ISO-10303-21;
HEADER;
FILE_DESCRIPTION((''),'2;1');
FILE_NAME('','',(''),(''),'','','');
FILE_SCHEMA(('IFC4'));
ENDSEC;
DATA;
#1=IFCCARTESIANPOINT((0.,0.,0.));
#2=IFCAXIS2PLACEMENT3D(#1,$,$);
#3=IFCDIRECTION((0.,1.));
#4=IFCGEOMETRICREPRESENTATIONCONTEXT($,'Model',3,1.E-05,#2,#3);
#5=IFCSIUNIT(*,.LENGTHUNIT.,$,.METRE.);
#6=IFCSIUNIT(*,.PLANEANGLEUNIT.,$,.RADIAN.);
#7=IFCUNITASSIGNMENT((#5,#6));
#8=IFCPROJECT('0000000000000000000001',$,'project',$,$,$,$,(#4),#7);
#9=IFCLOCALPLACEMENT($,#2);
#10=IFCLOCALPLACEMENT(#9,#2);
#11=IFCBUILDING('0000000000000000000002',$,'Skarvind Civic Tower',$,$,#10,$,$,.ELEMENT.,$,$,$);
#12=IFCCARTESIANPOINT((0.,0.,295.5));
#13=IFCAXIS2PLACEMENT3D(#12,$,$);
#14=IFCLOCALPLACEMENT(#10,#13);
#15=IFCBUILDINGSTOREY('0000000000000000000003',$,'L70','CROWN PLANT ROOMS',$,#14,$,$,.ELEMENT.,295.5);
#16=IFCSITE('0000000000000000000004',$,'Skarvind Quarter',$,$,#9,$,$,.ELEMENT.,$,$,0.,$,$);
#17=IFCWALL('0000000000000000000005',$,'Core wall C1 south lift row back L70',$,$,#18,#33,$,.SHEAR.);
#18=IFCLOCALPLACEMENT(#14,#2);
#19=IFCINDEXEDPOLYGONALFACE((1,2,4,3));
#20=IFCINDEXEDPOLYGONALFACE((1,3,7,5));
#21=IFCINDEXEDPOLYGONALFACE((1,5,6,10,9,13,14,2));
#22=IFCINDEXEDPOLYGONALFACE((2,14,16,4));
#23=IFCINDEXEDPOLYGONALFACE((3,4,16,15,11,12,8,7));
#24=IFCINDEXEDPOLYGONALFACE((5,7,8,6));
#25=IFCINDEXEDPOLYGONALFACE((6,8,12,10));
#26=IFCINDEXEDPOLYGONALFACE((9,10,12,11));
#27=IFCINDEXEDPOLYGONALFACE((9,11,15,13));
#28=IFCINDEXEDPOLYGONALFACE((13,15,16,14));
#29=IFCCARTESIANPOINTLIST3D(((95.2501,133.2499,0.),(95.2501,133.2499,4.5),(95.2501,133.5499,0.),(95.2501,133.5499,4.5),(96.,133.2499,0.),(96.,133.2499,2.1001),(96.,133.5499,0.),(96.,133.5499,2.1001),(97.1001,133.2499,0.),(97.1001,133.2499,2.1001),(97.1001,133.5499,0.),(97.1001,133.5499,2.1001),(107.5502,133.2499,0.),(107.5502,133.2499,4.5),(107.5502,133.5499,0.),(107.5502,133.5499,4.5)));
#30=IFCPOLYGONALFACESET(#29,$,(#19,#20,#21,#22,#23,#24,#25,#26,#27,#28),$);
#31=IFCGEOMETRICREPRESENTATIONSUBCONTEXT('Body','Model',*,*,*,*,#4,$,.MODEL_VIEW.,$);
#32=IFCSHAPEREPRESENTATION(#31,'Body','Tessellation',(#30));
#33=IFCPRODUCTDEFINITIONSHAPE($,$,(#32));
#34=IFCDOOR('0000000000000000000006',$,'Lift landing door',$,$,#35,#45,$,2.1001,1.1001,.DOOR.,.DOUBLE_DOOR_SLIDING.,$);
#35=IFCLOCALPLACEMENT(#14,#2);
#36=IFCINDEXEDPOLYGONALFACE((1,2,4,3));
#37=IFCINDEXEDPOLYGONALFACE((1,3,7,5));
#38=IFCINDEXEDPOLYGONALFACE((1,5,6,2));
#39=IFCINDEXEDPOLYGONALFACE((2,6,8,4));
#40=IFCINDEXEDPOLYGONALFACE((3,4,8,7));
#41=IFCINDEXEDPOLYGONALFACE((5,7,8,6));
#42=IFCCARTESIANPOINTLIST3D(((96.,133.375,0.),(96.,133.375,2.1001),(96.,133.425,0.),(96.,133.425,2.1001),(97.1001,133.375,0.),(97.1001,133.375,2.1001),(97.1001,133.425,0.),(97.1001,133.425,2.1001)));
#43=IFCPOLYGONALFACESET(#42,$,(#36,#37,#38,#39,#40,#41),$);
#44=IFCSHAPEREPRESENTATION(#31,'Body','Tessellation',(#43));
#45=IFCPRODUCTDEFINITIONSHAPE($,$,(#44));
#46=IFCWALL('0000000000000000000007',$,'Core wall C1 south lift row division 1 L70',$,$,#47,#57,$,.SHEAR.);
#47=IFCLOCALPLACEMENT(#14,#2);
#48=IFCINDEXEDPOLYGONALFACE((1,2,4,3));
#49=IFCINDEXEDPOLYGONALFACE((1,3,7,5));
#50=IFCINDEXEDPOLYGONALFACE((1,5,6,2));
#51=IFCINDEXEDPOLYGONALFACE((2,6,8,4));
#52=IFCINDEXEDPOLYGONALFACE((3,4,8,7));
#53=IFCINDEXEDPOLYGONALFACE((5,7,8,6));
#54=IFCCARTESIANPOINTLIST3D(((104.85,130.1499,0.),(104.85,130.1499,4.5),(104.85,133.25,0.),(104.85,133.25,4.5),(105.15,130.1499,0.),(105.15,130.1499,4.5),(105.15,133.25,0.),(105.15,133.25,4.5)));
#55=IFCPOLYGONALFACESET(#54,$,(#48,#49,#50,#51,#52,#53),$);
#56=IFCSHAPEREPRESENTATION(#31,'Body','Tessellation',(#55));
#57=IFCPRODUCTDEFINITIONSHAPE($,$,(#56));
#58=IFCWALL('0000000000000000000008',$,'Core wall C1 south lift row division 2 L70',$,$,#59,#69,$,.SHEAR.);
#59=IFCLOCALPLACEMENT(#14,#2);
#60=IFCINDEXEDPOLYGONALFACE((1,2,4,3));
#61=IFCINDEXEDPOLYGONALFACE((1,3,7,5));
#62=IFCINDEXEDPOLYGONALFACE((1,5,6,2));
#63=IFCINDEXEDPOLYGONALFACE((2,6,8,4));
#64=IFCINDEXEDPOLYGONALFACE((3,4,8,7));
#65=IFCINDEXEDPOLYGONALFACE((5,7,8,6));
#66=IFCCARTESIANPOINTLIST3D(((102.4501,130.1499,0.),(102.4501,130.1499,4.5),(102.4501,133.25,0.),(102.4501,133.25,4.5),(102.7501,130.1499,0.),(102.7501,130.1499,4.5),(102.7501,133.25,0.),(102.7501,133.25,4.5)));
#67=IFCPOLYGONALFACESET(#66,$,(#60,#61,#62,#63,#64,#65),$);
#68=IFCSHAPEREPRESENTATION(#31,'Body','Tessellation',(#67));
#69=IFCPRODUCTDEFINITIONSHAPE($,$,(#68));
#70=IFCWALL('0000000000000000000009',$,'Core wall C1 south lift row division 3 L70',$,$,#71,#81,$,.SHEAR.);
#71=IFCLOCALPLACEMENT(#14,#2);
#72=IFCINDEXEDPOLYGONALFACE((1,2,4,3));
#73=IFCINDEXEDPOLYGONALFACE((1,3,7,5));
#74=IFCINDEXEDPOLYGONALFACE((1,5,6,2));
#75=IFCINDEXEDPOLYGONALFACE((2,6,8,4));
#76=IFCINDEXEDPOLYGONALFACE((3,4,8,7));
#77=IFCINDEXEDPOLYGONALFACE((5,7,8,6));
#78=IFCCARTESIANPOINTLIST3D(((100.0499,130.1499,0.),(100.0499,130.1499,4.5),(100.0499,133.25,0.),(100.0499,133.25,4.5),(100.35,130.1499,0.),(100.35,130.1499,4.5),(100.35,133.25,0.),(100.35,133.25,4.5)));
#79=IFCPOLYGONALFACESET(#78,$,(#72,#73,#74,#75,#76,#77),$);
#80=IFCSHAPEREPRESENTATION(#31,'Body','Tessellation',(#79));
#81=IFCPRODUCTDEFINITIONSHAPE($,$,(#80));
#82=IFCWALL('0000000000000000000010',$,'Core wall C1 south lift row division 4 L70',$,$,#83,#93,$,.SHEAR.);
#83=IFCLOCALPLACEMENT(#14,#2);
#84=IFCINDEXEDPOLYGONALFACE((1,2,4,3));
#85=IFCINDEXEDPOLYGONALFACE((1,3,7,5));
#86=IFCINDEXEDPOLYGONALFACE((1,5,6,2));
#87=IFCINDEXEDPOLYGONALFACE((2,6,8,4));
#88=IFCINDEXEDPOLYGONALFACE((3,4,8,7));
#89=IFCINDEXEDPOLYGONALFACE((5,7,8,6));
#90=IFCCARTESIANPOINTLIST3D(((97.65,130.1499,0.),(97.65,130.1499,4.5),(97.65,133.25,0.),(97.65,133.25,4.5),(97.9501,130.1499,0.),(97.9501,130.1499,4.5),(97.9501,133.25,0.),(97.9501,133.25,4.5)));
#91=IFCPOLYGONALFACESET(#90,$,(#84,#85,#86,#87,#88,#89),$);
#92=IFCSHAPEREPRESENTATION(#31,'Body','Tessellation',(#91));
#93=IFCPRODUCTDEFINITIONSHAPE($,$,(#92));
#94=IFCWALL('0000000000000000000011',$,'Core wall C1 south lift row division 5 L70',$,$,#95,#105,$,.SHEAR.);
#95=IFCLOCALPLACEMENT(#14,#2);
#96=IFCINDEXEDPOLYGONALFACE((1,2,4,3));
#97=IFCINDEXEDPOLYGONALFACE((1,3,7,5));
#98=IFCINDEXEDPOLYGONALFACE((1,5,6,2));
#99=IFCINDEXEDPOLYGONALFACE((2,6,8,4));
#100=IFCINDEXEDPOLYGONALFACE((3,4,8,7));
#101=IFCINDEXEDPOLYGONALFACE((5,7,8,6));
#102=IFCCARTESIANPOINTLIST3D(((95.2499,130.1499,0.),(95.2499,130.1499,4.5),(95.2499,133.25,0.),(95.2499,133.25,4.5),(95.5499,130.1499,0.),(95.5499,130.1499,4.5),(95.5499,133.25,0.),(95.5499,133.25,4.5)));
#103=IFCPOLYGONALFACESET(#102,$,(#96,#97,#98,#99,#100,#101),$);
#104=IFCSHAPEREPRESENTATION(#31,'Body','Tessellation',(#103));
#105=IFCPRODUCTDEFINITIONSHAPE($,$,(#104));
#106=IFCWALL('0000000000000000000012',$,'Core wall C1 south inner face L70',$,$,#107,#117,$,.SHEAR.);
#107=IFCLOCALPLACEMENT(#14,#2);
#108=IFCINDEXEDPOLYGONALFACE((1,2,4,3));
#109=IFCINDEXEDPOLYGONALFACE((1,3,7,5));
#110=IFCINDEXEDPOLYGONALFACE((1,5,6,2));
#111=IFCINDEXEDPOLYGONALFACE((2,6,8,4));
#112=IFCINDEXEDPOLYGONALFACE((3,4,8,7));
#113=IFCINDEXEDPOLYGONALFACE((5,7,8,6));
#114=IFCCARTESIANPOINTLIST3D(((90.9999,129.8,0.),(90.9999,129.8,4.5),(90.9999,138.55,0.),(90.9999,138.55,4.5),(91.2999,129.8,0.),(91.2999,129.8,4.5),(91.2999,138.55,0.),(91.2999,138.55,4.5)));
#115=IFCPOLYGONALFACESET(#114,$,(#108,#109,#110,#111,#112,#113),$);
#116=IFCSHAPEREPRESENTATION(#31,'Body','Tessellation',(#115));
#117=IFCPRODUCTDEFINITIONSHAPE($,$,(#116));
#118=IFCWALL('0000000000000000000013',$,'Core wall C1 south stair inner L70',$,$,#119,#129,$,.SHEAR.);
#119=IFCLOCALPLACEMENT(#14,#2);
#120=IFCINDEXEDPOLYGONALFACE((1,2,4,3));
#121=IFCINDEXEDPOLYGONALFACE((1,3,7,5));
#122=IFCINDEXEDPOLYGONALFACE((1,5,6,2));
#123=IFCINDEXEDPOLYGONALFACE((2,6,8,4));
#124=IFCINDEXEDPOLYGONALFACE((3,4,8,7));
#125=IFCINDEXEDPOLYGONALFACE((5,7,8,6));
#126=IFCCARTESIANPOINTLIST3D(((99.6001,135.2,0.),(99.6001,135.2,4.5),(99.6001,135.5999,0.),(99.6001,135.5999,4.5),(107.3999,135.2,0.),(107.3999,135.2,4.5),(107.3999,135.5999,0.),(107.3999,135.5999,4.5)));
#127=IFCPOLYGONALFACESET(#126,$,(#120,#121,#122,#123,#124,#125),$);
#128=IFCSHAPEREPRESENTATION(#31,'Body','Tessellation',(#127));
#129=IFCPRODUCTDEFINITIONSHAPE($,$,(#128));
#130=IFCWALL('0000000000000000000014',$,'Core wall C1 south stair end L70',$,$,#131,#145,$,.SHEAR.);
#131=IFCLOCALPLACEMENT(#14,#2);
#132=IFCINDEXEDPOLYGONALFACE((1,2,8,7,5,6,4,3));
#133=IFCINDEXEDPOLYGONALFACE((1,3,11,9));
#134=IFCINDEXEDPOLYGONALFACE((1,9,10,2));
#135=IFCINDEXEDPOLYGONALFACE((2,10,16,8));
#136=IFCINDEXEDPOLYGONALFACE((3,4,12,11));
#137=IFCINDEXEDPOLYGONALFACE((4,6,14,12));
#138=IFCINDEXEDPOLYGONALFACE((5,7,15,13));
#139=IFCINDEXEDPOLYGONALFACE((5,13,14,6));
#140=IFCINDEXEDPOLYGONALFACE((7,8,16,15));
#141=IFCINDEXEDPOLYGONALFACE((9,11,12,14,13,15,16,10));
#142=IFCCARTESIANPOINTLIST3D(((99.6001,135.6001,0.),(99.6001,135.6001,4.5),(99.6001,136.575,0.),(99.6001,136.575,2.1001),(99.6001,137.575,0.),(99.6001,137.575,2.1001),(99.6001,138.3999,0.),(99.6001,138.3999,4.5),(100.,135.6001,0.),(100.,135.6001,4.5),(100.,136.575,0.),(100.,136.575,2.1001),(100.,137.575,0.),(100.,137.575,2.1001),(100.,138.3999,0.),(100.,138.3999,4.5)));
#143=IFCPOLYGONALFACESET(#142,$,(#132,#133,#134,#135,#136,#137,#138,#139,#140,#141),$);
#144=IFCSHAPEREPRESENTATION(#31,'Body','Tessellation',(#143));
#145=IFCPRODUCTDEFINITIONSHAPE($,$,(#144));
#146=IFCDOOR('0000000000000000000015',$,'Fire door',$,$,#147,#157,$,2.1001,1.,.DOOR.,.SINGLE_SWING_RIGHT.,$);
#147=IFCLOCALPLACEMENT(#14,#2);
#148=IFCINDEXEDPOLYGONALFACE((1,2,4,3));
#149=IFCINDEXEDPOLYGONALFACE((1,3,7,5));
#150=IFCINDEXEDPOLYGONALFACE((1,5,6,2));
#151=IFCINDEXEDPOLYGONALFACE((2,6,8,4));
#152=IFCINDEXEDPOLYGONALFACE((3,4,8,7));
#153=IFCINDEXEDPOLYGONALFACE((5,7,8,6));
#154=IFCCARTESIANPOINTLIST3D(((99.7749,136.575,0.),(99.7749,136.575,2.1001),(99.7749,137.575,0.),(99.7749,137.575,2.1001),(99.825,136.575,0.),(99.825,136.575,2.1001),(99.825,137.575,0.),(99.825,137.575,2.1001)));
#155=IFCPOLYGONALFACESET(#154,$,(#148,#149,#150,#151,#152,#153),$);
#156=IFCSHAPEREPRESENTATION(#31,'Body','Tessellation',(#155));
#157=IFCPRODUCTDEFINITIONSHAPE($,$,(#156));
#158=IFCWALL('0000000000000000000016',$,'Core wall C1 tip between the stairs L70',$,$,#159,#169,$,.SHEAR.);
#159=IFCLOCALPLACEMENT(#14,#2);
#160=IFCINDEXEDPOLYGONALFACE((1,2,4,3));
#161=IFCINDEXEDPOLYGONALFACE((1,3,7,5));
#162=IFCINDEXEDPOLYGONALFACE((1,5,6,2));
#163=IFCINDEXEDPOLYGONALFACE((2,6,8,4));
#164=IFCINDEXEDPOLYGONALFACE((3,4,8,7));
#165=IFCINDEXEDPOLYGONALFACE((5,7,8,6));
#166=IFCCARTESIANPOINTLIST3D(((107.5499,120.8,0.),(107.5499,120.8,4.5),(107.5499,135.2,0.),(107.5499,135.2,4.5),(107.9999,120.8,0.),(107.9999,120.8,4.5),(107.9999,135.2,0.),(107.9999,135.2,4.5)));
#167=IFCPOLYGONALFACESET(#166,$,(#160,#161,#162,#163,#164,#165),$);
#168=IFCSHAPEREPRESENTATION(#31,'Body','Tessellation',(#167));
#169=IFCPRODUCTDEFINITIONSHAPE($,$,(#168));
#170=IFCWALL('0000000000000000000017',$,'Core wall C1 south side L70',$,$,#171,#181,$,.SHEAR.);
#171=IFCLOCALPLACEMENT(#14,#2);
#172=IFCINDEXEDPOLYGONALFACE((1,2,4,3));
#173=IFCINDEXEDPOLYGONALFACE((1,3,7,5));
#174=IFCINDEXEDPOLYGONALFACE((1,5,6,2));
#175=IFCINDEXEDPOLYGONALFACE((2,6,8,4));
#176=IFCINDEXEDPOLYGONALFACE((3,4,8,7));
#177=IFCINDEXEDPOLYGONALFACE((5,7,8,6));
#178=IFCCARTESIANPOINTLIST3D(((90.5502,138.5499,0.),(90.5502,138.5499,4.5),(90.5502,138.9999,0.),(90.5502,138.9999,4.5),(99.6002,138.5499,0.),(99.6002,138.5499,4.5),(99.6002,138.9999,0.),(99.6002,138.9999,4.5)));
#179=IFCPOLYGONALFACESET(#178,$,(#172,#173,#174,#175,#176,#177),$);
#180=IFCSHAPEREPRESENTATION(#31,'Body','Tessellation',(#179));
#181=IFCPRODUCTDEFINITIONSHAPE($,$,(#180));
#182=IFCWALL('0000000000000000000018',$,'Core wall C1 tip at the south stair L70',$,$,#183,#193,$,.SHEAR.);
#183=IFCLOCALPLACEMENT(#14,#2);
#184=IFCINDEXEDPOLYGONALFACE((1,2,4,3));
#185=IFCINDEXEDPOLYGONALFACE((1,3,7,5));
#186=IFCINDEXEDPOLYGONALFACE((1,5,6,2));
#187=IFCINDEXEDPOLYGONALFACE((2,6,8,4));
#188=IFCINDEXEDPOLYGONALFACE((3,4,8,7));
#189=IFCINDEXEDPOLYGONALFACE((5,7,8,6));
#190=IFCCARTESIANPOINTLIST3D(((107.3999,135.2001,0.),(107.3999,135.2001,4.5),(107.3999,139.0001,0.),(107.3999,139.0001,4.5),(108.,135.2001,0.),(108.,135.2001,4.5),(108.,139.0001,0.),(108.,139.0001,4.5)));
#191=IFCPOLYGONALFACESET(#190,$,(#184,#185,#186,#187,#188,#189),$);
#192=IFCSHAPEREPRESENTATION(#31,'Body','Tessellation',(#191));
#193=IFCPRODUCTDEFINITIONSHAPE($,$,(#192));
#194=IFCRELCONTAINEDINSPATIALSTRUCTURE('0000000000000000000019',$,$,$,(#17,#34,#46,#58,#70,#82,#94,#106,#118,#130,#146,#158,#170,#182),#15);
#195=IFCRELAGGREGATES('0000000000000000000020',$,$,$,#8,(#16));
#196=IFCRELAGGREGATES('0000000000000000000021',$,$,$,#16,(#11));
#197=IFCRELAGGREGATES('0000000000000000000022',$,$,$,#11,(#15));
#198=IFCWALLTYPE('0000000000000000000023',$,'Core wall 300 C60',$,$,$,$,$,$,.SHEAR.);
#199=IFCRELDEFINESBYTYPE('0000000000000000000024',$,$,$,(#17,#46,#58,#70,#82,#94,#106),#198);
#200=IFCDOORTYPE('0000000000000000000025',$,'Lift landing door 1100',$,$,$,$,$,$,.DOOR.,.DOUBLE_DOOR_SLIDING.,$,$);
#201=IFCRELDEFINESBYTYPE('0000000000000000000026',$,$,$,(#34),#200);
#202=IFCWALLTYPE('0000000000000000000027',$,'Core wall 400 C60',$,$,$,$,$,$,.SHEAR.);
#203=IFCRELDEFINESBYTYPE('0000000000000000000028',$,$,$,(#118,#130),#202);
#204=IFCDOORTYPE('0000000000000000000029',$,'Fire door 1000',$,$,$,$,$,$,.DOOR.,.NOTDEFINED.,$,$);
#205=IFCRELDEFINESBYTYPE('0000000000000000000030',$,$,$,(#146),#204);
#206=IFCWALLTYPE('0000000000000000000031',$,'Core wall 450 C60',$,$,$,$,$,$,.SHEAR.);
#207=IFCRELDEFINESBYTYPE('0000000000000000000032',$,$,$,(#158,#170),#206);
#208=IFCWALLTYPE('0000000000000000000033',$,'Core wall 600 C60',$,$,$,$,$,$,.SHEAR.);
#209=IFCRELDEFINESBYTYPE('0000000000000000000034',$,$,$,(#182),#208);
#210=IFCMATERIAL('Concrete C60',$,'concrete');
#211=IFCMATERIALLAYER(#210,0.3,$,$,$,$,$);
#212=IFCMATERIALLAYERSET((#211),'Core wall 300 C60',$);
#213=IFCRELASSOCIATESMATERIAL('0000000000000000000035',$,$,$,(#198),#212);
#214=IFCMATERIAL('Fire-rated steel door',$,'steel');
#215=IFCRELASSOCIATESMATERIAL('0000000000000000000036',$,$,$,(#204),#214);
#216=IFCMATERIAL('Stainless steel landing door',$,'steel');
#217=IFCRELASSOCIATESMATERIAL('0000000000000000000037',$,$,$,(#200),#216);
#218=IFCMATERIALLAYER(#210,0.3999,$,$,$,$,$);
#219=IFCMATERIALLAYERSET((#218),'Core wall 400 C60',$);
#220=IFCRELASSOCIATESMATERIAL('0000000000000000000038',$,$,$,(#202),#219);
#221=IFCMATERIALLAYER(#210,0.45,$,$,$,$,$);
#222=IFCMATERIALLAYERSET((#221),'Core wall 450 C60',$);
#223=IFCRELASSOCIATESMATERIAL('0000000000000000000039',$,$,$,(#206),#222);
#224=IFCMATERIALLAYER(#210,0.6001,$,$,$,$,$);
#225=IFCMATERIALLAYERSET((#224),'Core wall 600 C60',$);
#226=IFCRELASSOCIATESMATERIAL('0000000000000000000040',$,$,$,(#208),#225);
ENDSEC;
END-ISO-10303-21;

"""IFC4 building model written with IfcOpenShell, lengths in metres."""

from ifc_helpers import new_model, si_unit, direction, frame, frame_2d, origin, place, context, subcontext, project, spatial, rectangle, extrude, material, layer, layer_set, type_object, element, fill, save


model = new_model("IFC4")

# Units and contexts
model_context = context("Model", 3, precision=1e-05, world=origin(), true_north=direction((0.0, 1.0)))
body_context = subcontext(model_context, "Body", "Model", "MODEL_VIEW")
ifc_project = project(units=[si_unit("LENGTHUNIT", "METRE"), si_unit("PLANEANGLEUNIT", "RADIAN")], contexts=[model_context])

# Site, building, storey
site_placement = place(None, origin())
site = spatial("IfcSite", under=ifc_project, at=site_placement, Name="Skarvind Quarter", CompositionType="ELEMENT", RefElevation=0.0)
building_placement = place(site_placement, origin())
building = spatial("IfcBuilding", under=site, at=building_placement, Name="Skarvind Civic Tower", CompositionType="ELEMENT")
storey_placement = place(building_placement, frame((0.0, 0.0, 295.5)))
storey = spatial("IfcBuildingStorey", under=building, at=storey_placement, Name="L70", Description="CROWN PLANT ROOMS", CompositionType="ELEMENT", Elevation=295.5)

# Shared definitions
ifc_material_1 = material(Name="Concrete C60", Category="concrete")

# Shared definitions
ifc_material_2 = material(Name="Fire-rated steel door", Category="steel")

# Shared definitions
ifc_layer_1 = layer(ifc_material_1, 0.3)
ifc_layer_set_1 = layer_set([ifc_layer_1], Name="Core wall 300 C60")
wall_type_1 = type_object("IfcWallType", Name="Core wall 300 C60", PredefinedType="SHEAR", material=ifc_layer_set_1)
door_type_1 = type_object("IfcDoorType", Name="Fire door 1000", OperationType="NOTDEFINED", PredefinedType="DOOR", material=ifc_material_2)

# Wall, opening, door
wall_1_placement = place(storey_placement, frame((107.55, 133.3999, 0.0), z_axis=(0.0, 0.0, 1.0), x_axis=(-1.0, 0.0, 0.0)))
wall_1 = element("IfcWall", 1, at=wall_1_placement, inside=storey, type_object=wall_type_1, Name="Core wall C1 south lift row back L70", PredefinedType="SHEAR", context=body_context, shape_type="SweptSolid", body=[
    extrude(rectangle(XDim=12.3, YDim=0.3, at=frame_2d((6.1499, 0.0))), origin(), (0.0, 0.0, 1.0), 4.5),
])
opening_1_placement = place(wall_1_placement, frame((10.45, 0.0, 0.0)))
opening_1 = element("IfcOpeningElement", 2, at=opening_1_placement, cuts=wall_1, PredefinedType="OPENING", context=body_context, shape_type="SweptSolid", body=[
    extrude(rectangle(XDim=1.1001, YDim=2.1001, at=frame_2d((0.55, 1.05))), frame((0.0, 0.1599, 0.0), z_axis=(0.0, -1.0, 0.0), x_axis=(1.0, 0.0, 0.0)), (0.0, 0.0, 1.0), 0.3201),
])
ifc_material_3 = material(Name="Stainless steel landing door", Category="steel")
door_type_2 = type_object("IfcDoorType", Name="Lift landing door 1100", OperationType="DOUBLE_DOOR_SLIDING", PredefinedType="DOOR", material=ifc_material_3)
door_1_placement = place(opening_1_placement, origin())
door_1 = element("IfcDoor", 3, at=door_1_placement, inside=storey, type_object=door_type_2, Name="Lift landing door", OperationType="DOUBLE_DOOR_SLIDING", OverallHeight=2.1001, OverallWidth=1.1001, PredefinedType="DOOR", context=body_context, shape_type="SweptSolid", body=[
    extrude(rectangle(XDim=1.1001, YDim=2.1001, at=frame_2d((0.55, 1.05))), frame((0.0, 0.0249, 0.0), z_axis=(0.0, -1.0, 0.0), x_axis=(1.0, 0.0, 0.0)), (0.0, 0.0, 1.0), 0.05),
])
fill(opening_1, door_1)

# Walls
for number, where, z_axis, x_axis, name in (
    (4, (105.0, 133.25, 0.0), (0.0, 0.0, 1.0), (0.0, -1.0, 0.0), "Core wall C1 south lift row division 1 L70"),
    (5, (102.6001, 133.25, 0.0), (0.0, 0.0, 1.0), (0.0, -1.0, 0.0), "Core wall C1 south lift row division 2 L70"),
    (6, (100.2, 133.25, 0.0), (0.0, 0.0, 1.0), (0.0, -1.0, 0.0), "Core wall C1 south lift row division 3 L70"),
    (7, (97.8, 133.25, 0.0), (0.0, 0.0, 1.0), (0.0, -1.0, 0.0), "Core wall C1 south lift row division 4 L70"),
    (8, (95.3999, 133.25, 0.0), (0.0, 0.0, 1.0), (0.0, -1.0, 0.0), "Core wall C1 south lift row division 5 L70"),
):
    element("IfcWall", number, at=place(storey_placement, frame(where, z_axis=z_axis, x_axis=x_axis)), inside=storey, type_object=wall_type_1, Name=name, PredefinedType="SHEAR", context=body_context, shape_type="SweptSolid", body=[
        extrude(rectangle(XDim=3.1001, YDim=0.3, at=frame_2d((1.55, 0.0))), origin(), (0.0, 0.0, 1.0), 4.5),
    ])
wall_2_placement = place(storey_placement, frame((91.1499, 138.55, 0.0), z_axis=(0.0, 0.0, 1.0), x_axis=(0.0, -1.0, 0.0)))
element("IfcWall", 9, at=wall_2_placement, inside=storey, type_object=wall_type_1, Name="Core wall C1 south inner face L70", PredefinedType="SHEAR", context=body_context, shape_type="SweptSolid", body=[
    extrude(rectangle(XDim=8.75, YDim=0.3, at=frame_2d((4.375, 0.0))), origin(), (0.0, 0.0, 1.0), 4.5),
])
ifc_layer_2 = layer(ifc_material_1, 0.3999)
ifc_layer_set_2 = layer_set([ifc_layer_2], Name="Core wall 400 C60")
wall_type_2 = type_object("IfcWallType", Name="Core wall 400 C60", PredefinedType="SHEAR", material=ifc_layer_set_2)
wall_3_placement = place(storey_placement, frame((107.3999, 135.3999, 0.0), z_axis=(0.0, 0.0, 1.0), x_axis=(-1.0, 0.0, 0.0)))
element("IfcWall", 10, at=wall_3_placement, inside=storey, type_object=wall_type_2, Name="Core wall C1 south stair inner L70", PredefinedType="SHEAR", context=body_context, shape_type="SweptSolid", body=[
    extrude(rectangle(XDim=7.7998, YDim=0.3999, at=frame_2d((3.8999, 0.0))), origin(), (0.0, 0.0, 1.0), 4.5),
])

# Wall, opening, door
wall_4_placement = place(storey_placement, frame((99.8, 138.3999, 0.0), z_axis=(0.0, 0.0, 1.0), x_axis=(0.0, -1.0, 0.0)))
wall_4 = element("IfcWall", 11, at=wall_4_placement, inside=storey, type_object=wall_type_2, Name="Core wall C1 south stair end L70", PredefinedType="SHEAR", context=body_context, shape_type="SweptSolid", body=[
    extrude(rectangle(XDim=2.7998, YDim=0.3999, at=frame_2d((1.3999, 0.0))), origin(), (0.0, 0.0, 1.0), 4.5),
])
opening_2_placement = place(wall_4_placement, frame((0.825, 0.0, 0.0)))
opening_2 = element("IfcOpeningElement", 12, at=opening_2_placement, cuts=wall_4, PredefinedType="OPENING", context=body_context, shape_type="SweptSolid", body=[
    extrude(rectangle(XDim=1.0, YDim=2.1001, at=frame_2d((0.5, 1.05))), frame((0.0, 0.21, 0.0), z_axis=(0.0, -1.0, 0.0), x_axis=(1.0, 0.0, 0.0)), (0.0, 0.0, 1.0), 0.4199),
])
door_2_placement = place(opening_2_placement, origin())
door_2 = element("IfcDoor", 13, at=door_2_placement, inside=storey, type_object=door_type_1, Name="Fire door", OperationType="SINGLE_SWING_RIGHT", OverallHeight=2.1001, OverallWidth=1.0, PredefinedType="DOOR", context=body_context, shape_type="SweptSolid", body=[
    extrude(rectangle(XDim=1.0, YDim=2.1001, at=frame_2d((0.5, 1.05))), frame((0.0, 0.0249, 0.0), z_axis=(0.0, -1.0, 0.0), x_axis=(1.0, 0.0, 0.0)), (0.0, 0.0, 1.0), 0.05),
])
fill(opening_2, door_2)

# Walls
ifc_layer_3 = layer(ifc_material_1, 0.45)
ifc_layer_set_3 = layer_set([ifc_layer_3], Name="Core wall 450 C60")
wall_type_3 = type_object("IfcWallType", Name="Core wall 450 C60", PredefinedType="SHEAR", material=ifc_layer_set_3)
wall_5_placement = place(storey_placement, frame((107.7749, 135.2, 0.0), z_axis=(0.0, 0.0, 1.0), x_axis=(0.0, -1.0, 0.0)))
element("IfcWall", 14, at=wall_5_placement, inside=storey, type_object=wall_type_3, Name="Core wall C1 tip between the stairs L70", PredefinedType="SHEAR", context=body_context, shape_type="SweptSolid", body=[
    extrude(rectangle(XDim=14.3999, YDim=0.45, at=frame_2d((7.2, 0.0))), origin(), (0.0, 0.0, 1.0), 4.5),
])
wall_6_placement = place(storey_placement, frame((99.6001, 138.7749, 0.0), z_axis=(0.0, 0.0, 1.0), x_axis=(-1.0, 0.0, 0.0)))
element("IfcWall", 15, at=wall_6_placement, inside=storey, type_object=wall_type_3, Name="Core wall C1 south side L70", PredefinedType="SHEAR", context=body_context, shape_type="SweptSolid", body=[
    extrude(rectangle(XDim=9.05, YDim=0.45, at=frame_2d((4.5249, 0.0))), origin(), (0.0, 0.0, 1.0), 4.5),
])
ifc_layer_4 = layer(ifc_material_1, 0.6001)
ifc_layer_set_4 = layer_set([ifc_layer_4], Name="Core wall 600 C60")
wall_type_4 = type_object("IfcWallType", Name="Core wall 600 C60", PredefinedType="SHEAR", material=ifc_layer_set_4)
wall_7_placement = place(storey_placement, frame((107.7, 139.0, 0.0), z_axis=(0.0, 0.0, 1.0), x_axis=(0.0, -1.0, 0.0)))
element("IfcWall", 16, at=wall_7_placement, inside=storey, type_object=wall_type_4, Name="Core wall C1 tip at the south stair L70", PredefinedType="SHEAR", context=body_context, shape_type="SweptSolid", body=[
    extrude(rectangle(XDim=3.8, YDim=0.6001, at=frame_2d((1.8999, 0.0))), origin(), (0.0, 0.0, 1.0), 4.5),
])

save(model, "model.ifc")
